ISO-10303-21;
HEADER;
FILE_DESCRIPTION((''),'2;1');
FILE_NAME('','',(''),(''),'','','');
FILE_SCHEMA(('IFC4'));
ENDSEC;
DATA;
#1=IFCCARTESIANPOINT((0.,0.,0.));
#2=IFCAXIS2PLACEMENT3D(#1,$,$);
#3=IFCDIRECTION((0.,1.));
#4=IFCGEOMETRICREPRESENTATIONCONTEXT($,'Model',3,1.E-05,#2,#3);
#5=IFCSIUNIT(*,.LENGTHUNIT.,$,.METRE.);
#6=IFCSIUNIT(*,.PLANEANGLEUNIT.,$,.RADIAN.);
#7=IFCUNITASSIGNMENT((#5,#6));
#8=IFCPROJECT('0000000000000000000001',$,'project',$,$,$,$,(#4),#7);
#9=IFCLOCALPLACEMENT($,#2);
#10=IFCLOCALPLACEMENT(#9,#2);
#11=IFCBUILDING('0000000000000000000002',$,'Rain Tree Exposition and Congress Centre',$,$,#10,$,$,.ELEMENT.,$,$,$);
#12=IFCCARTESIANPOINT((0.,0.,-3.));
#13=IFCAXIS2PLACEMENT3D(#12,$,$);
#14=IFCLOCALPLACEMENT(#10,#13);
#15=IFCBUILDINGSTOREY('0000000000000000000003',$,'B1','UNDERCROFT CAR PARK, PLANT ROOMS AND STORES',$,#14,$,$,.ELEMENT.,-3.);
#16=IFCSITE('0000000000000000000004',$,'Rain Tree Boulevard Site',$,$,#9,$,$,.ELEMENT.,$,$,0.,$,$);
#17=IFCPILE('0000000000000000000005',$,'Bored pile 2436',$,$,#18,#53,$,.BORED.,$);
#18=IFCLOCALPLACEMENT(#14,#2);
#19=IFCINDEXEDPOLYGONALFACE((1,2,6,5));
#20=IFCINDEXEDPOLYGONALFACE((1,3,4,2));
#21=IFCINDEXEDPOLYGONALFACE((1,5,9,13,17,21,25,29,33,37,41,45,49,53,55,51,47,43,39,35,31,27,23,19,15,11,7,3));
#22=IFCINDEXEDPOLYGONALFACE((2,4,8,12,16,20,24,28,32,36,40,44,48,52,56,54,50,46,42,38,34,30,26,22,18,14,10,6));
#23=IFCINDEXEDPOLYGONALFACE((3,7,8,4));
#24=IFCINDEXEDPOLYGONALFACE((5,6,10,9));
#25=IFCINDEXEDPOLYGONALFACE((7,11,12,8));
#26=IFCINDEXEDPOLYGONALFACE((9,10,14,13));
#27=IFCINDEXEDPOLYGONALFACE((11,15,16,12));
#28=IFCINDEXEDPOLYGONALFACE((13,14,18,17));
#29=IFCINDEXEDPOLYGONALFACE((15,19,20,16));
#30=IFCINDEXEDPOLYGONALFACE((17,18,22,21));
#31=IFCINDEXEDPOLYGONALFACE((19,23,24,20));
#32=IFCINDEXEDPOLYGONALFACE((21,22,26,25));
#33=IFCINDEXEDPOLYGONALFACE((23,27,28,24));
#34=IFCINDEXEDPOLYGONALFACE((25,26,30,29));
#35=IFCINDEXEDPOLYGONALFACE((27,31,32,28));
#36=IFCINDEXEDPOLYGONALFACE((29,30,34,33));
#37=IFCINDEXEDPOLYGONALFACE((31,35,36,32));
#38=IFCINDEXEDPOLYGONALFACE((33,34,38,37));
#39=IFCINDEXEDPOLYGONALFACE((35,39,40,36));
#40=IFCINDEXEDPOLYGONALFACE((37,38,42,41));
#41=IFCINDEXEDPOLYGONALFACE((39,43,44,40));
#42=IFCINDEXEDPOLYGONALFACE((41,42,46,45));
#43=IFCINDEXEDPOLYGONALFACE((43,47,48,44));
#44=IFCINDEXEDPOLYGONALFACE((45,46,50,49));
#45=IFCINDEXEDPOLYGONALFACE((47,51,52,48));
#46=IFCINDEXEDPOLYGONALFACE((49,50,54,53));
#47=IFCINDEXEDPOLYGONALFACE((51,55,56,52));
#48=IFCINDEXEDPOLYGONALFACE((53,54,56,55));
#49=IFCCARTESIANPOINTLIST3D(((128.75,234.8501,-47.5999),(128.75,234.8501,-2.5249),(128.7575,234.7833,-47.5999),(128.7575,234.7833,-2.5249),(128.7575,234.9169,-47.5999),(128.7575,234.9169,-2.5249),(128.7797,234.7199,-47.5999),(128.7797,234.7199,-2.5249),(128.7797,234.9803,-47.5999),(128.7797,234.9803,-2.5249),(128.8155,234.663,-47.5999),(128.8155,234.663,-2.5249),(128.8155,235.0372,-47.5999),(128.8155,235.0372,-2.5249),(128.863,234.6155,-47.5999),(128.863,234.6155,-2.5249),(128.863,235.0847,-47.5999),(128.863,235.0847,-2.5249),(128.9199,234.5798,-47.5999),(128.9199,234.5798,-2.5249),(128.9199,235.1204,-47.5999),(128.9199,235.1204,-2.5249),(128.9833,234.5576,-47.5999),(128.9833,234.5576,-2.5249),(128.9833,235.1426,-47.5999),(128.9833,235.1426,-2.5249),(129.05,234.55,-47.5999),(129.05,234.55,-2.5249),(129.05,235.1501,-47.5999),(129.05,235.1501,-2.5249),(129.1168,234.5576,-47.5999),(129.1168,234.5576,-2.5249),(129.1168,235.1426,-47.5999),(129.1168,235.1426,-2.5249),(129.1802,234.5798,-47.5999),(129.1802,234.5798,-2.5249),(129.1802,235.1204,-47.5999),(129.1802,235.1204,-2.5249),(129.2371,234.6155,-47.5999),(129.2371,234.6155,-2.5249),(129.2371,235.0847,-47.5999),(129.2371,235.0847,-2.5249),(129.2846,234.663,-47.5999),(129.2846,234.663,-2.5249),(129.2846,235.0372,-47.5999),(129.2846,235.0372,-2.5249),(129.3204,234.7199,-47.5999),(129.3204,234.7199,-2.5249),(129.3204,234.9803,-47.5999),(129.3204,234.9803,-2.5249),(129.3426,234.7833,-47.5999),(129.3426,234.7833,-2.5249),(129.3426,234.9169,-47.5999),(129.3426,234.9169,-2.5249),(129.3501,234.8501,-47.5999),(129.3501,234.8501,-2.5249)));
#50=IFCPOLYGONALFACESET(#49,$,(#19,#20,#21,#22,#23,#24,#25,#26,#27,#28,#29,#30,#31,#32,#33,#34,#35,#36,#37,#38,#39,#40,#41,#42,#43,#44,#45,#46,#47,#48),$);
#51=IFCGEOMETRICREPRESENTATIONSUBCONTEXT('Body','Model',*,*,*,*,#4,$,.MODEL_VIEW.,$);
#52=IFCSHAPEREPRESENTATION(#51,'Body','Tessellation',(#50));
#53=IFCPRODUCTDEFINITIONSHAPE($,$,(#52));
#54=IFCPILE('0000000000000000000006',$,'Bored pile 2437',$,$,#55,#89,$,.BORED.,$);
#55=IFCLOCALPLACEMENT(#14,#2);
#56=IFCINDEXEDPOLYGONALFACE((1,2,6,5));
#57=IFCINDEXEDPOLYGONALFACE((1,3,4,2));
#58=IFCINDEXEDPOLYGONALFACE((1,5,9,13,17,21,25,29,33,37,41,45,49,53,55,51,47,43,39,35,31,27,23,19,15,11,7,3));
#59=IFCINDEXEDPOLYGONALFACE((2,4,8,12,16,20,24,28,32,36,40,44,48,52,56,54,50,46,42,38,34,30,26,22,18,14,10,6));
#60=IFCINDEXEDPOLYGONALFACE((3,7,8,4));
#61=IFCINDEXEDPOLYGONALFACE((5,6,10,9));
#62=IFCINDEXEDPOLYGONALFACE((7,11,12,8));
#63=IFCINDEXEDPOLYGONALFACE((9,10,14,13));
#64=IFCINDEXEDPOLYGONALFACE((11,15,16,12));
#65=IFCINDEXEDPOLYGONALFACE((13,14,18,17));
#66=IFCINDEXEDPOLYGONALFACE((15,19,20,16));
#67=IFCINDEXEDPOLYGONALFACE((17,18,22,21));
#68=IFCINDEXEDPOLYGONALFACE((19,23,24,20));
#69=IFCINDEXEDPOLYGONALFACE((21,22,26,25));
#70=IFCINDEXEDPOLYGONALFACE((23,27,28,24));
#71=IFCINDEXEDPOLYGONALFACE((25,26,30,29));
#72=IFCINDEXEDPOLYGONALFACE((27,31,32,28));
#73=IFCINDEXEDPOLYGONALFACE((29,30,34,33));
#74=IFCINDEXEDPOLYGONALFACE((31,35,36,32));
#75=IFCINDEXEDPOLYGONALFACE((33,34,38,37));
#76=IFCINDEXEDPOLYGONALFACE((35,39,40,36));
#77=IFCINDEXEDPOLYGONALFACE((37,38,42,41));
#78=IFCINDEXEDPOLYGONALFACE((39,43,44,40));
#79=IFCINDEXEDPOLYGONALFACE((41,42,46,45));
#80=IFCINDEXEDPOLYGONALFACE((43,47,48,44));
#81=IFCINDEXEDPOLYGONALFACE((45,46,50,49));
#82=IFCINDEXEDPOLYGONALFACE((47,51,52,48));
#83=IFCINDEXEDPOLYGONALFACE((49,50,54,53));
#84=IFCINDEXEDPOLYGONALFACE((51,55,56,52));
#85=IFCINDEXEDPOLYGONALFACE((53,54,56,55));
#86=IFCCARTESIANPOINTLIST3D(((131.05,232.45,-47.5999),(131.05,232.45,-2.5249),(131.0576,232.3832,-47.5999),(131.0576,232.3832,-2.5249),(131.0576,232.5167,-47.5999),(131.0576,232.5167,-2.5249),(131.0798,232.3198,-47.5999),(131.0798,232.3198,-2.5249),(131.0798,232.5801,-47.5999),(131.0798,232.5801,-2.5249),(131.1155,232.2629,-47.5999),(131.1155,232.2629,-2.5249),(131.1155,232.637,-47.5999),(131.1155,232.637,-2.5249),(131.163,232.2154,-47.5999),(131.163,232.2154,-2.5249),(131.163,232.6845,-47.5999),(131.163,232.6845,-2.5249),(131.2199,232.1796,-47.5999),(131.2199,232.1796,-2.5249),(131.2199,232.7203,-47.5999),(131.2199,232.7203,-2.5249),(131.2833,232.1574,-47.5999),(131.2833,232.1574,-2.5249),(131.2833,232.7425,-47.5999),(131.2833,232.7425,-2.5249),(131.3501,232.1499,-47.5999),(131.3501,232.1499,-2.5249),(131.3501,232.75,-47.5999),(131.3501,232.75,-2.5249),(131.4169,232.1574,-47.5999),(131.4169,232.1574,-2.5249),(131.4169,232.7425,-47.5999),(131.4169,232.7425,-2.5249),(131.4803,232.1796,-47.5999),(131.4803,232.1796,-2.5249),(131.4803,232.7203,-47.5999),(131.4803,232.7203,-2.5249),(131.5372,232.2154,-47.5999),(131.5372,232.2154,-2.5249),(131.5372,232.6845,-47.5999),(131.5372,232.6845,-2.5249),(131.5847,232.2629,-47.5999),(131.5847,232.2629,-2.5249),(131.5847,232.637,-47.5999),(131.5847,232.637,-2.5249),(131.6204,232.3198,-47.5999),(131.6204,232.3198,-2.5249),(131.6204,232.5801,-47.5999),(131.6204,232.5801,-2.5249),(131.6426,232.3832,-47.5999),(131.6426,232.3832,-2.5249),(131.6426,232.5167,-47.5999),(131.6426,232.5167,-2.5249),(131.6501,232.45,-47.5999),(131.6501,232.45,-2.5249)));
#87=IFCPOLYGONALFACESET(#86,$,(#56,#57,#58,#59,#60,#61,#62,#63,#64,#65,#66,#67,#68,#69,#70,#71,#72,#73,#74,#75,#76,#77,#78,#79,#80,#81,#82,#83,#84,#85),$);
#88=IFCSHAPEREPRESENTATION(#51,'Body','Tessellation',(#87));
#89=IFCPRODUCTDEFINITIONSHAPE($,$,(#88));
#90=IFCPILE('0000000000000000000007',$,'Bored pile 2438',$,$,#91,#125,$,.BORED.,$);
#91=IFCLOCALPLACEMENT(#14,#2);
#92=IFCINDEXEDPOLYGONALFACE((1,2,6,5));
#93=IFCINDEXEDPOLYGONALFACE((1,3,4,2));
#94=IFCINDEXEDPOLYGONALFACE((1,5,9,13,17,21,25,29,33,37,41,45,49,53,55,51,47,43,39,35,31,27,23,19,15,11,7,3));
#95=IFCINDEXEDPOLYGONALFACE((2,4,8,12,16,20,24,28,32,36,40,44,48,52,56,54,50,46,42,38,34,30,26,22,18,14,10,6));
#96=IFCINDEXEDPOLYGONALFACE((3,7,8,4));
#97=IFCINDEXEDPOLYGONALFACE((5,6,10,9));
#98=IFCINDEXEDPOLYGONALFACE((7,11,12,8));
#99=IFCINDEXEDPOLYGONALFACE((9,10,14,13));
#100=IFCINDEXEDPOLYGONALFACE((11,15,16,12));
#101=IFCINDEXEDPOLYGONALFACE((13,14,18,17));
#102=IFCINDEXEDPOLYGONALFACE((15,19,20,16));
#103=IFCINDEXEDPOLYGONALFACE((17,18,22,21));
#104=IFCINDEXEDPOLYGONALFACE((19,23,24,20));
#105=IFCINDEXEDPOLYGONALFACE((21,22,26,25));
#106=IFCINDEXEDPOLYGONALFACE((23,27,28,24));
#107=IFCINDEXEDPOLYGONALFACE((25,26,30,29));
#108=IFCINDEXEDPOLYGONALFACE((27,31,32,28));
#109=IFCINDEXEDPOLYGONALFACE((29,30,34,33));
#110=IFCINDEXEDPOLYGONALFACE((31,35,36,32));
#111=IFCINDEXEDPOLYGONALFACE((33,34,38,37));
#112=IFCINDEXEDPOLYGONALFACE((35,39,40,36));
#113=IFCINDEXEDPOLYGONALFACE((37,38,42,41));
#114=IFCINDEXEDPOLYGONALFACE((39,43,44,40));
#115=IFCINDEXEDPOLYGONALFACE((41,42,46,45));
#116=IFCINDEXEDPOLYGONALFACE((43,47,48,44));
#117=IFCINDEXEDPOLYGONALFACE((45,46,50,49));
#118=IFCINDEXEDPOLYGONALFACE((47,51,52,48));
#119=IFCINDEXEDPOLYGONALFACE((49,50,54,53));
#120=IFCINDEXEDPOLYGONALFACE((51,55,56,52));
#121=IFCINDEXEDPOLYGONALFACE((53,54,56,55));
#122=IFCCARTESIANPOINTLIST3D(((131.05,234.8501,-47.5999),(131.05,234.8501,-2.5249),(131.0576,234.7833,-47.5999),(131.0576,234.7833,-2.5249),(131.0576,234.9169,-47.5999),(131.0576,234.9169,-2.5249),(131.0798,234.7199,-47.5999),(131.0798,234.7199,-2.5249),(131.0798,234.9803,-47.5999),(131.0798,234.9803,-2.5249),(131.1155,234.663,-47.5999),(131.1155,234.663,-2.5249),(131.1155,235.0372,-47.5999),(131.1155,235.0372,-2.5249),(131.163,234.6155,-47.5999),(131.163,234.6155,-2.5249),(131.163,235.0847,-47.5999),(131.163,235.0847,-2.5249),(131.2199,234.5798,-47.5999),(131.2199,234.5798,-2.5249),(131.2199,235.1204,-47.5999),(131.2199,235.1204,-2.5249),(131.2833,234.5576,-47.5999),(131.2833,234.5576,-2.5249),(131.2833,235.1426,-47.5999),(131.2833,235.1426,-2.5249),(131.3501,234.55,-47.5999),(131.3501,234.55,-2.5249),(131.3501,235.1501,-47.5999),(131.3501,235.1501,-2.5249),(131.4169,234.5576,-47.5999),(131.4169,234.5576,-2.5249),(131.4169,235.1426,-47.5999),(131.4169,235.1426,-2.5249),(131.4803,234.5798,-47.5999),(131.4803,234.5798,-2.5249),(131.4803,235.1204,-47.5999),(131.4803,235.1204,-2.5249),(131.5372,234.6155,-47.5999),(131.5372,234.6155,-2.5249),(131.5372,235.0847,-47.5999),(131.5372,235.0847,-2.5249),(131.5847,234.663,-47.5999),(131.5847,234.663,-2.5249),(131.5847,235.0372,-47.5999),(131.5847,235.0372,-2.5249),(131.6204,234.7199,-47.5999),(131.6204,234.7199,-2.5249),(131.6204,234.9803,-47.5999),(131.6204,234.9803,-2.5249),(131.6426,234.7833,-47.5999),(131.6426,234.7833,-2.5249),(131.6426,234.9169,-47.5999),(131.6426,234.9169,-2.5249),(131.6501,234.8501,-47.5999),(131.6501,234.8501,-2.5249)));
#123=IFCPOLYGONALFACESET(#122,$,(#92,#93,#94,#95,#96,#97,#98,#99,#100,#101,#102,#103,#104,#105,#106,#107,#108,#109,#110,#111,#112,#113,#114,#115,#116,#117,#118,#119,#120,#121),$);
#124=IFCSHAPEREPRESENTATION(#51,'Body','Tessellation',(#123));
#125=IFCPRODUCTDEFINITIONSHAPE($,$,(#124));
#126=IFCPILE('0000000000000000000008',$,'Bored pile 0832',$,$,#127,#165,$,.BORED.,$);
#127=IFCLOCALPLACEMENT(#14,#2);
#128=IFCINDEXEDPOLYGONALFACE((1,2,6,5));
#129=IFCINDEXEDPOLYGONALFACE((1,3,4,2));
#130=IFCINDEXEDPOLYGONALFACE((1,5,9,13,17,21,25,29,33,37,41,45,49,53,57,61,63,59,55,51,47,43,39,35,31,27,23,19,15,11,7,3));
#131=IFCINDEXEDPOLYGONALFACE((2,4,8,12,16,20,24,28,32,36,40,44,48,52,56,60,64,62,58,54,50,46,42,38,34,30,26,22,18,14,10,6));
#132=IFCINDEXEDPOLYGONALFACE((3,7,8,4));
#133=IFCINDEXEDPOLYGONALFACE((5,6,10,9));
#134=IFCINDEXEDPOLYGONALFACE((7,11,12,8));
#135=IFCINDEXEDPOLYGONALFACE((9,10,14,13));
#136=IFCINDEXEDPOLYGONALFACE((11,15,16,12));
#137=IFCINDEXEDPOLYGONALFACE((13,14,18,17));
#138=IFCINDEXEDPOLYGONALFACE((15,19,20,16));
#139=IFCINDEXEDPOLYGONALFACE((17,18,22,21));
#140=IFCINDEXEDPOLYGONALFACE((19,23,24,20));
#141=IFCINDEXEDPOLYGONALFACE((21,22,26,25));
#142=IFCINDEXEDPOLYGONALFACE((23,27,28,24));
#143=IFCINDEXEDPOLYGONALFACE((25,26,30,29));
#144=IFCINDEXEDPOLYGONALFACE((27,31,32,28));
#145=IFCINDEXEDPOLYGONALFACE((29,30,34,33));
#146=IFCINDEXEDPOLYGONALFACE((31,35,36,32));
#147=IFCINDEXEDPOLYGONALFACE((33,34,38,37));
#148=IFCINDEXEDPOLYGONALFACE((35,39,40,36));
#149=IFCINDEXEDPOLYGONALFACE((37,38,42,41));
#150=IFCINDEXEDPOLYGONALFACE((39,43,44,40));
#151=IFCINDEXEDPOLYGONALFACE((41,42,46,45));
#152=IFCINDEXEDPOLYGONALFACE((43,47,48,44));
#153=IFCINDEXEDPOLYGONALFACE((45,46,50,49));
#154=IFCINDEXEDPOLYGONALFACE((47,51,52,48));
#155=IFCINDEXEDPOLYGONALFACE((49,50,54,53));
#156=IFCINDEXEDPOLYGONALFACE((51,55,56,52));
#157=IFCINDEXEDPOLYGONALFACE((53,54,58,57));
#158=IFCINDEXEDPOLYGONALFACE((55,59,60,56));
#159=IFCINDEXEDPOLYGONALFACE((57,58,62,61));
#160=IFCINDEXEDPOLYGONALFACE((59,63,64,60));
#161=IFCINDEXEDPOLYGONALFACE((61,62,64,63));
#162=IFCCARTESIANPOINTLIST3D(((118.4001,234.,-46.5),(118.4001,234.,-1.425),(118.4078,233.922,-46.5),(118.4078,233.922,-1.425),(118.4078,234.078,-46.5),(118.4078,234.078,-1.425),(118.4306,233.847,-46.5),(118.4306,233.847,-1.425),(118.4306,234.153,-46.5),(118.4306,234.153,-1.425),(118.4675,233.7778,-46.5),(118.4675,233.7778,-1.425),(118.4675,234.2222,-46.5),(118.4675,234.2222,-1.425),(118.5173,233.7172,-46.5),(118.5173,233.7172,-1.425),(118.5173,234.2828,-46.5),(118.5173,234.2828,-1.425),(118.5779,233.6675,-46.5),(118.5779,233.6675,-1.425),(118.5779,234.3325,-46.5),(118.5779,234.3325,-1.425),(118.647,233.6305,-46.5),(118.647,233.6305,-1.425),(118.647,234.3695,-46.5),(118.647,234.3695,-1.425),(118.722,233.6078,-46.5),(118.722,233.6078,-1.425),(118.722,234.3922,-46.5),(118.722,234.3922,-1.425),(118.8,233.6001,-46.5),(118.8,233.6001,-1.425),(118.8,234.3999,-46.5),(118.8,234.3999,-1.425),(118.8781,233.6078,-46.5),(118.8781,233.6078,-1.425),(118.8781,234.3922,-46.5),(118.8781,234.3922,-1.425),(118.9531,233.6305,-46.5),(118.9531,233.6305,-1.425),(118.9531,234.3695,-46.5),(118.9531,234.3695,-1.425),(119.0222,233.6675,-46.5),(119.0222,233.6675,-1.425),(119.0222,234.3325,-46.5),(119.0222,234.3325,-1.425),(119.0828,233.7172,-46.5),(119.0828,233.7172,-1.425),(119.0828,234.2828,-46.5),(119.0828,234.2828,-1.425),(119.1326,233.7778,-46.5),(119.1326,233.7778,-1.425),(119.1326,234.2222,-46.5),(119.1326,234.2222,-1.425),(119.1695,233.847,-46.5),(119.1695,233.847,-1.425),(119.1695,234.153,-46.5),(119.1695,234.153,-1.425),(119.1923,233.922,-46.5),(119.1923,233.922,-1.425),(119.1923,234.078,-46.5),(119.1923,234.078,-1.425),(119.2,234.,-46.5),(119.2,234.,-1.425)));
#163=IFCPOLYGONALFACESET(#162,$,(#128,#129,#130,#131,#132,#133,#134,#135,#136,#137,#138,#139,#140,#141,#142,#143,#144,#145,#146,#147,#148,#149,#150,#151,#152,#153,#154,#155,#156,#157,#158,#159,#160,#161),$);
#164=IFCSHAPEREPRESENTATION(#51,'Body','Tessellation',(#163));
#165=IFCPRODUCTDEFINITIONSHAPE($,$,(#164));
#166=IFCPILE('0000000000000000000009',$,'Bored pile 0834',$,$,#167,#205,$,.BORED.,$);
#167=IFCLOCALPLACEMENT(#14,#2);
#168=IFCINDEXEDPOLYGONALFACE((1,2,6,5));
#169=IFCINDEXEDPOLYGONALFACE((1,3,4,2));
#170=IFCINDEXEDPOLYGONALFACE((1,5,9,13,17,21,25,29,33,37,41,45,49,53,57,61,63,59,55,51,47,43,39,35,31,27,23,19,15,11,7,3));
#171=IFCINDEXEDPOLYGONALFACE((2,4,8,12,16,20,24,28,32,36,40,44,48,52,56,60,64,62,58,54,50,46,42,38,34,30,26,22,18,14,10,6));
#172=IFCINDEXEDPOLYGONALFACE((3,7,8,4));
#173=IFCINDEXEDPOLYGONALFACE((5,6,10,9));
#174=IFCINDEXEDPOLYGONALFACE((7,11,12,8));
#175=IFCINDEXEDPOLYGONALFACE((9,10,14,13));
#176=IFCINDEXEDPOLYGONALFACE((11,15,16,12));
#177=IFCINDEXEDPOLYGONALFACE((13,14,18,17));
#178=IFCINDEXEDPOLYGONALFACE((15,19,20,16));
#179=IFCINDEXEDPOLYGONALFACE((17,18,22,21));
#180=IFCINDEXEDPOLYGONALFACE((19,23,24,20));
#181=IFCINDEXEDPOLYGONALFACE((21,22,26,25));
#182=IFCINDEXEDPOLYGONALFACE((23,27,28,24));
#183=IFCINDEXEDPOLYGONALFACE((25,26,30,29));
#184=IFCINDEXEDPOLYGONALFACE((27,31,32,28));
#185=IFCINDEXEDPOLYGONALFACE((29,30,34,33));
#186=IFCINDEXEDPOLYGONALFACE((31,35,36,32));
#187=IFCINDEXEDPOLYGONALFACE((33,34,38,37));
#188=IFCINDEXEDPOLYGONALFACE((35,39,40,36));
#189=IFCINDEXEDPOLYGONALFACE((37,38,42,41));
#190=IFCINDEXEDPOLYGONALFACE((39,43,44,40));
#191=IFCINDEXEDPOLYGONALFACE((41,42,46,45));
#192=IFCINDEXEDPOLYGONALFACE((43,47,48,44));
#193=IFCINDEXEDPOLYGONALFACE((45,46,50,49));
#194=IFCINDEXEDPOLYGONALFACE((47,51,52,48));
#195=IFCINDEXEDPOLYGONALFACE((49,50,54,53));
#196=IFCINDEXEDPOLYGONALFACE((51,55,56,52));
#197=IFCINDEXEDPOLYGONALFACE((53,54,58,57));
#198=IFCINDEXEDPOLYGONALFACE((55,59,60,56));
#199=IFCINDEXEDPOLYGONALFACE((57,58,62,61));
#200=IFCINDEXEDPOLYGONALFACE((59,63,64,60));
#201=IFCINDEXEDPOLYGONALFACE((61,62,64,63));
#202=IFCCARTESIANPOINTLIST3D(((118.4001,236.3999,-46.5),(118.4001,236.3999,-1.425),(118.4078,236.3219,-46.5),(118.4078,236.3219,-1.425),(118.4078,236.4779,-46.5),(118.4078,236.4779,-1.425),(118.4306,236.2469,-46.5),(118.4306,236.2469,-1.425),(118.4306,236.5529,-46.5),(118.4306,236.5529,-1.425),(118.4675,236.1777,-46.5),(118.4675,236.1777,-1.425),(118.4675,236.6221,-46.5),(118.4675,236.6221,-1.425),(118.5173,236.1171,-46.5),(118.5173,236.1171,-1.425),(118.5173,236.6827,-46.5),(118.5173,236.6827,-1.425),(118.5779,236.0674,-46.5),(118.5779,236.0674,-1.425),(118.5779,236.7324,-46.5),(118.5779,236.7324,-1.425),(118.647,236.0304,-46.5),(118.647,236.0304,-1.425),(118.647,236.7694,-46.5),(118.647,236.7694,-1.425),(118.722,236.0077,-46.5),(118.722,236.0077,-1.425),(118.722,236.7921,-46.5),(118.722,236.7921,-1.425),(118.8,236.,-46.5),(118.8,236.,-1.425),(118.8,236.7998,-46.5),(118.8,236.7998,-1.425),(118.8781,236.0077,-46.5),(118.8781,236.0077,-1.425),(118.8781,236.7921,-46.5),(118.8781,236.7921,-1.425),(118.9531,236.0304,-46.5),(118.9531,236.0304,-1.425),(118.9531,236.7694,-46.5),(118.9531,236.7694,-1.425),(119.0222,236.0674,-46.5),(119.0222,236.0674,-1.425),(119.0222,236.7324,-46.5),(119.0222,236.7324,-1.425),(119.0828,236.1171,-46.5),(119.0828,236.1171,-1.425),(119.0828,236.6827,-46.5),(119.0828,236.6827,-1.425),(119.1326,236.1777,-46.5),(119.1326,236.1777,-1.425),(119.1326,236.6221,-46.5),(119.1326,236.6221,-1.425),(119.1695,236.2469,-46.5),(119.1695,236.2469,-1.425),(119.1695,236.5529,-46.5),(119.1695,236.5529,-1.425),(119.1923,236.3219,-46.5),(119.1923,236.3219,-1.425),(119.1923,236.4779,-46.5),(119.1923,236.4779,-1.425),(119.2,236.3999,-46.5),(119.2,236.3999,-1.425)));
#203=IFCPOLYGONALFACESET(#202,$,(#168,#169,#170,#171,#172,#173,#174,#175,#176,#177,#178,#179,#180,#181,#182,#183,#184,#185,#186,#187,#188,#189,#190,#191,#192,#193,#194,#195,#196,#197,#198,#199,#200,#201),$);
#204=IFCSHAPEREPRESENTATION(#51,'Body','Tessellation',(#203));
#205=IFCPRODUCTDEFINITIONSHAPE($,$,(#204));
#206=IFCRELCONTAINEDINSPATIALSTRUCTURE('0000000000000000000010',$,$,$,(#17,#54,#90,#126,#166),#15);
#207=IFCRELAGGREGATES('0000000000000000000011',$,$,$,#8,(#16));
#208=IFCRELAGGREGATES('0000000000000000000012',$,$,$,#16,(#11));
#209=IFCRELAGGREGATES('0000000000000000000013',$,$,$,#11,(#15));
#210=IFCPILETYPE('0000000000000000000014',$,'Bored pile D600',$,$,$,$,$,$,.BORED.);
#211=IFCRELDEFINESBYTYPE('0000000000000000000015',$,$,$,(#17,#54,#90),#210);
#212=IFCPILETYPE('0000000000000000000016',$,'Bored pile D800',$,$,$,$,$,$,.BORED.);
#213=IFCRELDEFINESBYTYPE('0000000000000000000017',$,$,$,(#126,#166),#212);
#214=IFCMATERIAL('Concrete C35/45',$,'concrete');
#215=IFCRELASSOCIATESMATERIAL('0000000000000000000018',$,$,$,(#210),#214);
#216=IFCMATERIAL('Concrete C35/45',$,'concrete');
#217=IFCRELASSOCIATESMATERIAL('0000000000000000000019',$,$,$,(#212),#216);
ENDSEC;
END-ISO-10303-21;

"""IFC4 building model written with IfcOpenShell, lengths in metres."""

from ifc_helpers import new_model, si_unit, direction, frame, origin, origin_2d, place, context, subcontext, project, spatial, circle, extrude, material, material_profile, profile_set, type_object, element, save


model = new_model("IFC4")

# Units and contexts
model_context = context("Model", 3, precision=1e-05, world=origin(), true_north=direction((0.0, 1.0)))
body_context = subcontext(model_context, "Body", "Model", "MODEL_VIEW")
ifc_project = project(units=[si_unit("LENGTHUNIT", "METRE"), si_unit("PLANEANGLEUNIT", "RADIAN")], contexts=[model_context])

# Site, building, storey
site_placement = place(None, origin())
site = spatial("IfcSite", under=ifc_project, at=site_placement, Name="Rain Tree Boulevard Site", CompositionType="ELEMENT", RefElevation=0.0)
building_placement = place(site_placement, origin())
building = spatial("IfcBuilding", under=site, at=building_placement, Name="Rain Tree Exposition and Congress Centre", CompositionType="ELEMENT")
storey_placement = place(building_placement, frame((0.0, 0.0, -3.0)))
storey = spatial("IfcBuildingStorey", under=building, at=storey_placement, Name="B1", Description="UNDERCROFT CAR PARK, PLANT ROOMS AND STORES", CompositionType="ELEMENT", Elevation=-3.0)

# Piles
ifc_material_1 = material(Name="Concrete C35/45", Category="concrete")
ifc_material_profile_1 = material_profile(ifc_material_1, circle(Radius=0.3, at=origin_2d()), Name="D600")
ifc_profile_set_1 = profile_set([ifc_material_profile_1], Name="Concrete C35/45")
pile_type_1 = type_object("IfcPileType", Name="Bored pile D600", PredefinedType="BORED", material=ifc_profile_set_1)
for number, where, z_axis, x_axis, name in (
    (1, (129.05, 234.8501, -2.5249), (0.0, 0.0, -1.0), (1.0, 0.0, 0.0), "Bored pile 2436"),
    (2, (131.3501, 232.45, -2.5249), (0.0, 0.0, -1.0), (1.0, 0.0, 0.0), "Bored pile 2437"),
    (3, (131.3501, 234.8501, -2.5249), (0.0, 0.0, -1.0), (1.0, 0.0, 0.0), "Bored pile 2438"),
):
    element("IfcPile", number, at=place(storey_placement, frame(where, z_axis=z_axis, x_axis=x_axis)), inside=storey, type_object=pile_type_1, Name=name, PredefinedType="BORED", context=body_context, shape_type="SweptSolid", body=[
        extrude(circle(Radius=0.3, at=origin_2d()), origin(), (0.0, 0.0, 1.0), 45.075),
    ])
ifc_material_2 = material(Name="Concrete C35/45", Category="concrete")
ifc_material_profile_2 = material_profile(ifc_material_2, circle(Radius=0.3999, at=origin_2d()), Name="D800")
ifc_profile_set_2 = profile_set([ifc_material_profile_2], Name="Concrete C35/45")
pile_type_2 = type_object("IfcPileType", Name="Bored pile D800", PredefinedType="BORED", material=ifc_profile_set_2)
for number, where, z_axis, x_axis, name in (
    (4, (118.8, 234.0, -1.425), (0.0, 0.0, -1.0), (1.0, 0.0, 0.0), "Bored pile 0832"),
    (5, (118.8, 236.3999, -1.425), (0.0, 0.0, -1.0), (1.0, 0.0, 0.0), "Bored pile 0834"),
):
    element("IfcPile", number, at=place(storey_placement, frame(where, z_axis=z_axis, x_axis=x_axis)), inside=storey, type_object=pile_type_2, Name=name, PredefinedType="BORED", context=body_context, shape_type="SweptSolid", body=[
        extrude(circle(Radius=0.3999, at=origin_2d()), origin(), (0.0, 0.0, 1.0), 45.075),
    ])

save(model, "model.ifc")
